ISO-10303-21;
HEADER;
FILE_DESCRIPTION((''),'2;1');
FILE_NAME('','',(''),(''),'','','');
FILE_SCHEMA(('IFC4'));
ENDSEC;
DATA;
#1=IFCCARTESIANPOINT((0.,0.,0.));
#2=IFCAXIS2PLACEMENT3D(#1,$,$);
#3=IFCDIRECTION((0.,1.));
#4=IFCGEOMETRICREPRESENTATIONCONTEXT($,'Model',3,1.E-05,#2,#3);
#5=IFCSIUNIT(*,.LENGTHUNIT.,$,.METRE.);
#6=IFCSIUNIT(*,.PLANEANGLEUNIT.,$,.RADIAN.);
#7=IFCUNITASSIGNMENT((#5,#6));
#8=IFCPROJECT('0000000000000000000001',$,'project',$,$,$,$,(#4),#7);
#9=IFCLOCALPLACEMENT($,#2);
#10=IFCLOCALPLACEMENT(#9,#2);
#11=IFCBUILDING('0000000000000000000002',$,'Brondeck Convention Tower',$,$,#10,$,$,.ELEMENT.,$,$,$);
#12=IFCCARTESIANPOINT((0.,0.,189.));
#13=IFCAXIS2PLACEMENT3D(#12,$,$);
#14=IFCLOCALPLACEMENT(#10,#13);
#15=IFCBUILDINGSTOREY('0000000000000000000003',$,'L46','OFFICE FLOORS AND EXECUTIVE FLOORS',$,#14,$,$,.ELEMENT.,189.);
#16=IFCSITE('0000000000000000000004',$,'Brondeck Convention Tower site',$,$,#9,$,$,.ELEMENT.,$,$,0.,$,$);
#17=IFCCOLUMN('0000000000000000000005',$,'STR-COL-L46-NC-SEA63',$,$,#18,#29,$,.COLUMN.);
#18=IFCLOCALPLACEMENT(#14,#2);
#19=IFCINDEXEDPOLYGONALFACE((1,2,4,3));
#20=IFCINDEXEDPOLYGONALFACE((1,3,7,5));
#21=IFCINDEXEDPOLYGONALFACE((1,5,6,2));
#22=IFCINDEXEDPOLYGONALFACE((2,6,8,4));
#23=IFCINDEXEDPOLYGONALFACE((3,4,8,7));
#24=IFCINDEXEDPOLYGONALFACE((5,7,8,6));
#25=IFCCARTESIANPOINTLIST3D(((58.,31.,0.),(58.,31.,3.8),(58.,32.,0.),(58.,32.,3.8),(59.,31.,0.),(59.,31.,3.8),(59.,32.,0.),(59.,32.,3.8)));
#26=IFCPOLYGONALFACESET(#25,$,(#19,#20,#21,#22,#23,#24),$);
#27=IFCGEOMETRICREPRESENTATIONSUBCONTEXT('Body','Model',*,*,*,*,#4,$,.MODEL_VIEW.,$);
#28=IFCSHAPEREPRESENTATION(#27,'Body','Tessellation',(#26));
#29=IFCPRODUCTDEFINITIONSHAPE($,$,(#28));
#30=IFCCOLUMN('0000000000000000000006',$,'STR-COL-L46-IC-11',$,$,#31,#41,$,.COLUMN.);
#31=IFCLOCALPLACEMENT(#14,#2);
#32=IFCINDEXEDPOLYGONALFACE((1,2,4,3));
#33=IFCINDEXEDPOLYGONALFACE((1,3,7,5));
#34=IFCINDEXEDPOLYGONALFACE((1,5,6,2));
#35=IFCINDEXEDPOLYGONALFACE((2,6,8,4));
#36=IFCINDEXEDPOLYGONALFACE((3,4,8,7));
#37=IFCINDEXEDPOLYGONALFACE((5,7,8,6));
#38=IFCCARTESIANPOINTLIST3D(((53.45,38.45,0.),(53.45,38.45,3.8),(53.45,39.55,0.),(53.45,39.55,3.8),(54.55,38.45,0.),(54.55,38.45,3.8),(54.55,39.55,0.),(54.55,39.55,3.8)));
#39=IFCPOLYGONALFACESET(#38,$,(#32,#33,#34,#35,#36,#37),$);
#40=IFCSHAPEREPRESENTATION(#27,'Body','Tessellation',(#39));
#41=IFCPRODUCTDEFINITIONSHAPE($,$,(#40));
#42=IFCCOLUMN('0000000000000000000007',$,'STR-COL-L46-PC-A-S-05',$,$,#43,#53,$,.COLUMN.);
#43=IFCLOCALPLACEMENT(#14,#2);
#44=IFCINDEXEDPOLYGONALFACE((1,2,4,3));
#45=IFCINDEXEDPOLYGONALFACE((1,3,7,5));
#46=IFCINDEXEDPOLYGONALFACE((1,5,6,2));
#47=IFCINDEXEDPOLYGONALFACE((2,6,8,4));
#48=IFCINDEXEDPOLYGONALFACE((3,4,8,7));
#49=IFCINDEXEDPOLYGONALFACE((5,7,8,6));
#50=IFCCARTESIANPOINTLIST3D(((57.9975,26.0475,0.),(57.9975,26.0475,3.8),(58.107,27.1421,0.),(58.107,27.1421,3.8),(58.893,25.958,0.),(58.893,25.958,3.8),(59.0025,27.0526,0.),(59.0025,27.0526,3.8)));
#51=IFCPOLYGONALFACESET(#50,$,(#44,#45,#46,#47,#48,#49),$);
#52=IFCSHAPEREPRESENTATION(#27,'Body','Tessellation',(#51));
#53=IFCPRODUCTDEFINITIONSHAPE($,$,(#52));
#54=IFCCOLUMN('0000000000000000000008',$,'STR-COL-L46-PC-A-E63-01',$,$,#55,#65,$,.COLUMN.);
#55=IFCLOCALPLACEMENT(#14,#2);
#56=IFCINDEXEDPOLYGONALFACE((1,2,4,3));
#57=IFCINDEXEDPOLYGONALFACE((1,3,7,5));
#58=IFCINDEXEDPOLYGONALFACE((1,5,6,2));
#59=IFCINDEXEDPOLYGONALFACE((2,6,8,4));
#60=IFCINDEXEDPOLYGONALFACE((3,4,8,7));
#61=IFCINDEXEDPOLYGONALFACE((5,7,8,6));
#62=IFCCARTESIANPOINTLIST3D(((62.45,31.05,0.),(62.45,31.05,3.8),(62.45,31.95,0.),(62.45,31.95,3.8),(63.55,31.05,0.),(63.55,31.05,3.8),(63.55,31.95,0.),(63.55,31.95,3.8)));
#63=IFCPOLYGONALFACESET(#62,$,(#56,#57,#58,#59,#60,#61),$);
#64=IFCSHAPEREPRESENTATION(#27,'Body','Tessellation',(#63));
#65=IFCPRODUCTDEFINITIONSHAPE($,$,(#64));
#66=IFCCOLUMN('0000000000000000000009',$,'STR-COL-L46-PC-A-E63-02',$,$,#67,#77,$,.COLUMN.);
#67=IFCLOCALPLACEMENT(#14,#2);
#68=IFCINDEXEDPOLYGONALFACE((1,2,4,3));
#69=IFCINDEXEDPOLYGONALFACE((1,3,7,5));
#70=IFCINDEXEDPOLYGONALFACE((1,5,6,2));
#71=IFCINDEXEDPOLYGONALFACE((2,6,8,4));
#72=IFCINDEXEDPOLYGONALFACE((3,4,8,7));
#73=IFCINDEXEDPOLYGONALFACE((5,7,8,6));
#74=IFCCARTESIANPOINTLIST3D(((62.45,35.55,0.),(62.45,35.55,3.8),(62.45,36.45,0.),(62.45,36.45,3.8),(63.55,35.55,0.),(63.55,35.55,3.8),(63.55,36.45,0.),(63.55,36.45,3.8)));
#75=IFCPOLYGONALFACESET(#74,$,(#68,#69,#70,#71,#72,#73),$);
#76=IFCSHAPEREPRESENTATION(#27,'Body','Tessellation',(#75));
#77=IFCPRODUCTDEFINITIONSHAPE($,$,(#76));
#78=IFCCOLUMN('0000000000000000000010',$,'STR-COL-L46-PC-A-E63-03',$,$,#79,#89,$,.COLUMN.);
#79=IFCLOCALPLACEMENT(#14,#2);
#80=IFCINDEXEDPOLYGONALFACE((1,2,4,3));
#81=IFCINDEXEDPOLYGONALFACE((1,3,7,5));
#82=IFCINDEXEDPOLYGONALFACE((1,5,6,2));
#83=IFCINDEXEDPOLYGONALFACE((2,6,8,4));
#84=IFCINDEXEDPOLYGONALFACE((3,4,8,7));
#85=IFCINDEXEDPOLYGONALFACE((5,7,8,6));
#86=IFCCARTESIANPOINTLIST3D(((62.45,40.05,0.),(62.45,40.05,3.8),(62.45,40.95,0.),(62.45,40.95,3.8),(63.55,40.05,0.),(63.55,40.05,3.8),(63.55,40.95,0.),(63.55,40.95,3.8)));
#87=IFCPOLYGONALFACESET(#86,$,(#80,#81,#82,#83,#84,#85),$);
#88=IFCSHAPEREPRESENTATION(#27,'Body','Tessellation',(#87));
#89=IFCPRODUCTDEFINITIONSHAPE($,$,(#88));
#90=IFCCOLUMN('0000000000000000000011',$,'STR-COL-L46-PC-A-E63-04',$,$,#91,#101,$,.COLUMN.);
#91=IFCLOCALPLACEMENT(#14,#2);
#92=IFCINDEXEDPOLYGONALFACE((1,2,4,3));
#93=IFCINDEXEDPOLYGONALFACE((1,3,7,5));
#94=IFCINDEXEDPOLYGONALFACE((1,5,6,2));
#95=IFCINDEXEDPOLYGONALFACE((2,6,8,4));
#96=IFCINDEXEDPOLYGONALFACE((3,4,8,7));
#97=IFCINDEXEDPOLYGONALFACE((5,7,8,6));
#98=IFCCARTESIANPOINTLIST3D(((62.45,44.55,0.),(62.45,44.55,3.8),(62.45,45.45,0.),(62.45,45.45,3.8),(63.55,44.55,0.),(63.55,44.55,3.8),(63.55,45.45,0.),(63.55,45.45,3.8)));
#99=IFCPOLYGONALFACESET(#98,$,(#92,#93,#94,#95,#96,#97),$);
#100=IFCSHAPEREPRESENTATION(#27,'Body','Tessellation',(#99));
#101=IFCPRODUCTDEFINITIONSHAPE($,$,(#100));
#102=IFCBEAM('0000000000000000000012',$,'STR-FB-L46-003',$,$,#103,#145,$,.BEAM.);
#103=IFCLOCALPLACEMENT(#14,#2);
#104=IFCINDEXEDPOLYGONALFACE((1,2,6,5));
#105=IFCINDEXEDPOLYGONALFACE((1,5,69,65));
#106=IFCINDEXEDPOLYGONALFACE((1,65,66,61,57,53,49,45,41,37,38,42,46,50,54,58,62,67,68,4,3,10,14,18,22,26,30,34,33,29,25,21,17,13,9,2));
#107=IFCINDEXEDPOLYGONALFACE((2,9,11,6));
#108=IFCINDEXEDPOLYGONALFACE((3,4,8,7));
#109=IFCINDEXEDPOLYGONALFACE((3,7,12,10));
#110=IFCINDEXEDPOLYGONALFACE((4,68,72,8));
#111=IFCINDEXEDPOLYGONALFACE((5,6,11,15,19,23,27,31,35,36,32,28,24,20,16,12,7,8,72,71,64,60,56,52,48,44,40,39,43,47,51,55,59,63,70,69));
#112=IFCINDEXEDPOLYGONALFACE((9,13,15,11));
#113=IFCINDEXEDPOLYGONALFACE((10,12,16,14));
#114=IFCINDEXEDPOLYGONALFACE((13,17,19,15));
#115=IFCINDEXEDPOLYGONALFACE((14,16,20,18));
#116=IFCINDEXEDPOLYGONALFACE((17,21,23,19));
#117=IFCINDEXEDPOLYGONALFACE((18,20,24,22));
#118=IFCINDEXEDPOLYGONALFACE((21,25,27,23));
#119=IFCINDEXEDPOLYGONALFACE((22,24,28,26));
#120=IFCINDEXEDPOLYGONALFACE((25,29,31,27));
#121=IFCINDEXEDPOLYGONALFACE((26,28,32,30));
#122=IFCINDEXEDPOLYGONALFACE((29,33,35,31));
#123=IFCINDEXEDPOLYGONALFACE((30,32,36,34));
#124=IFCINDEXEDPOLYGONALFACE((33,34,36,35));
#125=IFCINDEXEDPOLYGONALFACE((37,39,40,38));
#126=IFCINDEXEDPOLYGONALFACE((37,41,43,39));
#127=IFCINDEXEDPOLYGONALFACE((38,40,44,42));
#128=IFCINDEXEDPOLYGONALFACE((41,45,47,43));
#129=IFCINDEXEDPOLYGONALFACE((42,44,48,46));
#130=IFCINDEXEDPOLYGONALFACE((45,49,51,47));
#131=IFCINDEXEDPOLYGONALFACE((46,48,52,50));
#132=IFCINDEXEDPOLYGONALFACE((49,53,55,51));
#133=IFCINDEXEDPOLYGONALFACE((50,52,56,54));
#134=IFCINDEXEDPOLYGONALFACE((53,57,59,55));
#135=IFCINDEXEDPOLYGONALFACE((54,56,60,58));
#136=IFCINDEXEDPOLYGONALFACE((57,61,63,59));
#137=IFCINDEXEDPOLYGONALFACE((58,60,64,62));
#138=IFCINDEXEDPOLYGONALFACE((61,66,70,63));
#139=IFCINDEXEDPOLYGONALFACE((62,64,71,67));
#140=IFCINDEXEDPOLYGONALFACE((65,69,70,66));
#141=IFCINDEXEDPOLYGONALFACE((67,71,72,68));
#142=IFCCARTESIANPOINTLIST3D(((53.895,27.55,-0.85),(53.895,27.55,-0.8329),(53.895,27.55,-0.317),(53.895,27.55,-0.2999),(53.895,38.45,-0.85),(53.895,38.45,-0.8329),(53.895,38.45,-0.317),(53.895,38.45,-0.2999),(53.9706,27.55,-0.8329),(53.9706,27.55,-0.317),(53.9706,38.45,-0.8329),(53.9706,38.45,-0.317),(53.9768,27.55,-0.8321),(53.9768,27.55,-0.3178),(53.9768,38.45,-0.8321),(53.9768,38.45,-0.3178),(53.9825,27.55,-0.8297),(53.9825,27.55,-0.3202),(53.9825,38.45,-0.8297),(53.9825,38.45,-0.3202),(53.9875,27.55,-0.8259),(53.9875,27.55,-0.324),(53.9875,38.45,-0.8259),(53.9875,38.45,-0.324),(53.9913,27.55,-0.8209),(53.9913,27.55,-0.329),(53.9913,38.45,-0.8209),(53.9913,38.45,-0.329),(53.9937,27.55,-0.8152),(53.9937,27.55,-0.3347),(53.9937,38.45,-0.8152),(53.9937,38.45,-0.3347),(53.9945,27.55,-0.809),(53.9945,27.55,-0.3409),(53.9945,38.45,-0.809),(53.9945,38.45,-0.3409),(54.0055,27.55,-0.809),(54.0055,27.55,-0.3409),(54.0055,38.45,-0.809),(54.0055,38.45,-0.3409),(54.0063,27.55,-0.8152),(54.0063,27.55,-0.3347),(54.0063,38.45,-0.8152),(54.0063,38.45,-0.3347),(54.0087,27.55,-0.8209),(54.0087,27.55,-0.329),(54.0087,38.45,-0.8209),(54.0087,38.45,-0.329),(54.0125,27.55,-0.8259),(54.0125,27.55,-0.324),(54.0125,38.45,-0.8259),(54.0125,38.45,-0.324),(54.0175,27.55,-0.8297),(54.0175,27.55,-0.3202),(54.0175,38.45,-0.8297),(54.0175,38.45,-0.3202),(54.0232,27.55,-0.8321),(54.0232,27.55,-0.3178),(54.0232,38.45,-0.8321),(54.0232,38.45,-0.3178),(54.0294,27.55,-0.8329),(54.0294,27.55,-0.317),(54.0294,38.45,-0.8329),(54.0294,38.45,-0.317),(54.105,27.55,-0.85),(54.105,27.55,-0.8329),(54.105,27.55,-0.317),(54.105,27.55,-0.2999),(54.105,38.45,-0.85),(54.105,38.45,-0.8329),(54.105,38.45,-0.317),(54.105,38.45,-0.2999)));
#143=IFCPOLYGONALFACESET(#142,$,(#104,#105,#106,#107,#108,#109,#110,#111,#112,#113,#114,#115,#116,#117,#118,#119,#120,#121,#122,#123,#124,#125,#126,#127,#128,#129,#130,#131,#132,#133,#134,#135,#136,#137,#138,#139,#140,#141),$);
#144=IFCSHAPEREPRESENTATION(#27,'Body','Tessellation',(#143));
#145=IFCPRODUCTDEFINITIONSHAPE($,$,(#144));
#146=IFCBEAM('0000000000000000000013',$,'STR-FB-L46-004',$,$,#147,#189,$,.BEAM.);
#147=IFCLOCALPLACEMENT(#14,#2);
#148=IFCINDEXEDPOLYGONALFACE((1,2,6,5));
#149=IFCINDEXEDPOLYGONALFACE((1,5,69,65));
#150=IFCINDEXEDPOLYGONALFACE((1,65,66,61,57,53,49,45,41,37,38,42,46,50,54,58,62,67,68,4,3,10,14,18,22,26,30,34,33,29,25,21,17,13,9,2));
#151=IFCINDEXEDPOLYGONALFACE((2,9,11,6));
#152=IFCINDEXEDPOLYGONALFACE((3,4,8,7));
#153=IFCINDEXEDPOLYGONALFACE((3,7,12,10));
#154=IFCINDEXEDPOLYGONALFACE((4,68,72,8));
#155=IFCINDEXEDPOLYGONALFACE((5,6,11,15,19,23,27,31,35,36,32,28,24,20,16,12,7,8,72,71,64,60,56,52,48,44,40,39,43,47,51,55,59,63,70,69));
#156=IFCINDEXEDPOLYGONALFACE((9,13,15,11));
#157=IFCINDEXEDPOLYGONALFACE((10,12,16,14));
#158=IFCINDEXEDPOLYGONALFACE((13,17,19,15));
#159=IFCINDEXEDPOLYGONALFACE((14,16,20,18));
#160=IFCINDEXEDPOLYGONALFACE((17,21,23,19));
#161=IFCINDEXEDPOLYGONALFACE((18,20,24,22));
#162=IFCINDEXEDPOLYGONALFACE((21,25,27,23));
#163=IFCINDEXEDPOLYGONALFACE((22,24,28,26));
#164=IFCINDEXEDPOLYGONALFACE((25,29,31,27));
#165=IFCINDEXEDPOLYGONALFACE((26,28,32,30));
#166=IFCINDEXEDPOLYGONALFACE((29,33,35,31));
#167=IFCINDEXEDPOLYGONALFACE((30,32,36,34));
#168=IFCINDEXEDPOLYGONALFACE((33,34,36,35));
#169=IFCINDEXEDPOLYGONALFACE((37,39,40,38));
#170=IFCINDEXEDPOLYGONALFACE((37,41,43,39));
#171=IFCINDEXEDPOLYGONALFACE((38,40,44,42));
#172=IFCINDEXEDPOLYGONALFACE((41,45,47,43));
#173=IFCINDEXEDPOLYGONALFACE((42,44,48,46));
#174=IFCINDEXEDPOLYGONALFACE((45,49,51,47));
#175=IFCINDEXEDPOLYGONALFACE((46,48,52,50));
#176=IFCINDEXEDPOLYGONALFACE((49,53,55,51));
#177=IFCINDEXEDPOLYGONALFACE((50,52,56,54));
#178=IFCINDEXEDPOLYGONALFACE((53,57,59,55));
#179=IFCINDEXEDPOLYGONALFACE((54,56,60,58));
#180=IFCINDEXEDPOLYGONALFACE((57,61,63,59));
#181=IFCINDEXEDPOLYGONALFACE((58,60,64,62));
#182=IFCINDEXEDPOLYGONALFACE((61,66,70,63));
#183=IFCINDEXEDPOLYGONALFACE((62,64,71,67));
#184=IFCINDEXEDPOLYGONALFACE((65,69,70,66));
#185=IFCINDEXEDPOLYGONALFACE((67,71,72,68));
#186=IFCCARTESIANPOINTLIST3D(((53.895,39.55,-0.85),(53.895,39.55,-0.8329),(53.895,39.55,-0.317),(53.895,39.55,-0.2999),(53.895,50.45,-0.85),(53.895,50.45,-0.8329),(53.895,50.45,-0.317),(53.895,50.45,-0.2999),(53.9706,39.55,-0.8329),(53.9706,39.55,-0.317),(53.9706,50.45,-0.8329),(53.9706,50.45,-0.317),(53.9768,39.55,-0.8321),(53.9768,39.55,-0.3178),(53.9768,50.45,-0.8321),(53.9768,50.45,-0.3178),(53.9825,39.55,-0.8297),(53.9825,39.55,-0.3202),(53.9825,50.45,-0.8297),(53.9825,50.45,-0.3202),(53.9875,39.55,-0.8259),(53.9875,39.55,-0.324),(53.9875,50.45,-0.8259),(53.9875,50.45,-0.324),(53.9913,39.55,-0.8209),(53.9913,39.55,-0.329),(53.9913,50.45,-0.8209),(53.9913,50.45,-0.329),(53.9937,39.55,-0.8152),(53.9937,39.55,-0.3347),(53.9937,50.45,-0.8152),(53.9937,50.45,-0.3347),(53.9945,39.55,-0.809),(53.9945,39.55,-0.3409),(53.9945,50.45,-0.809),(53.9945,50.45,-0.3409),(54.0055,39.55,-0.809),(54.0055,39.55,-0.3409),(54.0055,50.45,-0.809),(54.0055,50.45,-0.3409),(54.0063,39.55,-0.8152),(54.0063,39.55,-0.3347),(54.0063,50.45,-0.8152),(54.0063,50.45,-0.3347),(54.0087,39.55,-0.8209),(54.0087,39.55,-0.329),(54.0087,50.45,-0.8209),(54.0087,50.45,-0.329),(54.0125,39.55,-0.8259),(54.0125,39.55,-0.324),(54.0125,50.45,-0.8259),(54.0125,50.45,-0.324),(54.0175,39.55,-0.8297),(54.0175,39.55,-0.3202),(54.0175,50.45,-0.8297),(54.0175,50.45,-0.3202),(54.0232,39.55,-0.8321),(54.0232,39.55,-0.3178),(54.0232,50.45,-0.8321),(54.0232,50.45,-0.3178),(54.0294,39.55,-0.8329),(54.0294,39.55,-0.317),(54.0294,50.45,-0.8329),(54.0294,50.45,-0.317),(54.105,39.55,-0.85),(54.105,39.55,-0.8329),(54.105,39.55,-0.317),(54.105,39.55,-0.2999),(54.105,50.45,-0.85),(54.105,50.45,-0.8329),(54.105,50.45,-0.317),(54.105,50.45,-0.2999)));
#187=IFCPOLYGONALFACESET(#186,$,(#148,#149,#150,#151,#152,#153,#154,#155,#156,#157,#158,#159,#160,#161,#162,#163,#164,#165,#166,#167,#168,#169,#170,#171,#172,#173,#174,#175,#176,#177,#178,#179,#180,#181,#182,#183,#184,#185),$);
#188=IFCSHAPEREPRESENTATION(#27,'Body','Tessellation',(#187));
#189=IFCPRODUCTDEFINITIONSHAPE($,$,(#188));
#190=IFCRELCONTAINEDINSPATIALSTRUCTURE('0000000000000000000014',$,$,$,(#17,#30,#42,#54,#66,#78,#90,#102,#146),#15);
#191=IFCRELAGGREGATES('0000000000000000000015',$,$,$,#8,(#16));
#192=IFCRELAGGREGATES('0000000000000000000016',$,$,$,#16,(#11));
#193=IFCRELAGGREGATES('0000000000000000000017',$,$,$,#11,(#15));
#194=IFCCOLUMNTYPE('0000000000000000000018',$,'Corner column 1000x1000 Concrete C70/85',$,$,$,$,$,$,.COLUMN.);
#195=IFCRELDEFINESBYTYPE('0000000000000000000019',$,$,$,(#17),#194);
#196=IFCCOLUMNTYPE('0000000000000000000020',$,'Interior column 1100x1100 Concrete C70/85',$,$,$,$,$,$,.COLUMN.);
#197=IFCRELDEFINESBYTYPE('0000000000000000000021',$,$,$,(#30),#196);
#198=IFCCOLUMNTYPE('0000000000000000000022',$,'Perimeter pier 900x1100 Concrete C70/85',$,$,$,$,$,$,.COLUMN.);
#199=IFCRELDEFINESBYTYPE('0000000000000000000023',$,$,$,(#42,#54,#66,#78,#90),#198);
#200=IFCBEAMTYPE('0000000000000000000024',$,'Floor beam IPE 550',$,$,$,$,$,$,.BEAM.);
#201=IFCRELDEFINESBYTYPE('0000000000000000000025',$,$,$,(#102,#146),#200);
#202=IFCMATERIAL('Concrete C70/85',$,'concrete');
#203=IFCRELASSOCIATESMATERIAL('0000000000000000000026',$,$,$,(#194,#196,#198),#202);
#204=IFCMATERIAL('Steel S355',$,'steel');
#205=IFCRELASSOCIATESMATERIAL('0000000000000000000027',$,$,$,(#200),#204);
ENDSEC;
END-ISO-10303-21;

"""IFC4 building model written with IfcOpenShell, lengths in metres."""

from ifc_helpers import new_model, si_unit, direction, frame, origin, origin_2d, place, context, subcontext, project, spatial, rectangle, i_section, extrude, material, material_profile, profile_set, type_object, element, save


model = new_model("IFC4")

# Units and contexts
model_context = context("Model", 3, precision=1e-05, world=origin(), true_north=direction((0.0, 1.0)))
body_context = subcontext(model_context, "Body", "Model", "MODEL_VIEW")
ifc_project = project(units=[si_unit("LENGTHUNIT", "METRE"), si_unit("PLANEANGLEUNIT", "RADIAN")], contexts=[model_context])

# Site, building, storey
site_placement = place(None, origin())
site = spatial("IfcSite", under=ifc_project, at=site_placement, Name="Brondeck Convention Tower site", CompositionType="ELEMENT", RefElevation=0.0)
building_placement = place(site_placement, origin())
building = spatial("IfcBuilding", under=site, at=building_placement, Name="Brondeck Convention Tower", CompositionType="ELEMENT")
storey_placement = place(building_placement, frame((0.0, 0.0, 189.0)))
storey = spatial("IfcBuildingStorey", under=building, at=storey_placement, Name="L46", Description="OFFICE FLOORS AND EXECUTIVE FLOORS", CompositionType="ELEMENT", Elevation=189.0)

# Columns
ifc_material_1 = material(Name="Concrete C70/85", Category="concrete")
ifc_material_profile_1 = material_profile(ifc_material_1, rectangle(XDim=1.0, YDim=1.0, at=origin_2d()), Name="Corner column 1000x1000 Concrete C70/85")
ifc_profile_set_1 = profile_set([ifc_material_profile_1], Name="Concrete C70/85")
column_type_1 = type_object("IfcColumnType", Name="Corner column 1000x1000 Concrete C70/85", PredefinedType="COLUMN", material=ifc_profile_set_1)
column_1_placement = place(storey_placement, frame((58.5, 31.5, 0.0), z_axis=(0.0, 0.0, 1.0), x_axis=(1.0, 0.0, 0.0)))
element("IfcColumn", 1, at=column_1_placement, inside=storey, type_object=column_type_1, Name="STR-COL-L46-NC-SEA63", PredefinedType="COLUMN", context=body_context, shape_type="SweptSolid", body=[
    extrude(rectangle(XDim=1.0, YDim=1.0, at=origin_2d()), origin(), (0.0, 0.0, 1.0), 3.8),
])
ifc_material_profile_2 = material_profile(ifc_material_1, rectangle(XDim=1.1001, YDim=1.1001, at=origin_2d()), Name="Interior column 1100x1100 Concrete C70/85")
ifc_profile_set_2 = profile_set([ifc_material_profile_2], Name="Concrete C70/85")
column_type_2 = type_object("IfcColumnType", Name="Interior column 1100x1100 Concrete C70/85", PredefinedType="COLUMN", material=ifc_profile_set_2)
column_2_placement = place(storey_placement, frame((54.0, 39.0, 0.0), z_axis=(0.0, 0.0, 1.0), x_axis=(1.0, 0.0, 0.0)))
element("IfcColumn", 2, at=column_2_placement, inside=storey, type_object=column_type_2, Name="STR-COL-L46-IC-11", PredefinedType="COLUMN", context=body_context, shape_type="SweptSolid", body=[
    extrude(rectangle(XDim=1.1001, YDim=1.1001, at=origin_2d()), origin(), (0.0, 0.0, 1.0), 3.8),
])
ifc_material_profile_3 = material_profile(ifc_material_1, rectangle(XDim=0.8999, YDim=1.1001, at=origin_2d()), Name="Perimeter pier 900x1100 Concrete C70/85")
ifc_profile_set_3 = profile_set([ifc_material_profile_3], Name="Concrete C70/85")
column_type_3 = type_object("IfcColumnType", Name="Perimeter pier 900x1100 Concrete C70/85", PredefinedType="COLUMN", material=ifc_profile_set_3)
for number, where, z_axis, x_axis, name in (
    (3, (58.5, 26.55, 0.0), (0.0, 0.0, 1.0), (0.995037, -0.099504, 0.0), "STR-COL-L46-PC-A-S-05"),
    (4, (63.0, 31.5, 0.0), (0.0, 0.0, 1.0), (0.0, 1.0, 0.0), "STR-COL-L46-PC-A-E63-01"),
    (5, (63.0, 36.0, 0.0), (0.0, 0.0, 1.0), (0.0, 1.0, 0.0), "STR-COL-L46-PC-A-E63-02"),
    (6, (63.0, 40.5, 0.0), (0.0, 0.0, 1.0), (0.0, 1.0, 0.0), "STR-COL-L46-PC-A-E63-03"),
    (7, (63.0, 45.0, 0.0), (0.0, 0.0, 1.0), (0.0, 1.0, 0.0), "STR-COL-L46-PC-A-E63-04"),
):
    element("IfcColumn", number, at=place(storey_placement, frame(where, z_axis=z_axis, x_axis=x_axis)), inside=storey, type_object=column_type_3, Name=name, PredefinedType="COLUMN", context=body_context, shape_type="SweptSolid", body=[
        extrude(rectangle(XDim=0.8999, YDim=1.1001, at=origin_2d()), origin(), (0.0, 0.0, 1.0), 3.8),
    ])

# Beams
ifc_material_2 = material(Name="Steel S355", Category="steel")
ifc_material_profile_4 = material_profile(ifc_material_2, i_section(OverallWidth=0.21, OverallDepth=0.55, WebThickness=0.011, FlangeThickness=0.0171, FilletRadius=0.0239, at=origin_2d()), Name="IPE 550")
ifc_profile_set_4 = profile_set([ifc_material_profile_4], Name="Steel S355")
beam_type_1 = type_object("IfcBeamType", Name="Floor beam IPE 550", PredefinedType="BEAM", material=ifc_profile_set_4)
for number, where, z_axis, x_axis, name in (
    (8, (54.0, 27.55, -0.575), (0.0, 1.0, 0.0), (-1.0, 0.0, 0.0), "STR-FB-L46-003"),
    (9, (54.0, 39.55, -0.575), (0.0, 1.0, 0.0), (-1.0, 0.0, 0.0), "STR-FB-L46-004"),
):
    element("IfcBeam", number, at=place(storey_placement, frame(where, z_axis=z_axis, x_axis=x_axis)), inside=storey, type_object=beam_type_1, Name=name, PredefinedType="BEAM", context=body_context, shape_type="SweptSolid", body=[
        extrude(i_section(OverallWidth=0.21, OverallDepth=0.55, WebThickness=0.011, FlangeThickness=0.0171, FilletRadius=0.0239, at=origin_2d()), origin(), (0.0, 0.0, 1.0), 10.8999),
    ])

save(model, "model.ifc")
